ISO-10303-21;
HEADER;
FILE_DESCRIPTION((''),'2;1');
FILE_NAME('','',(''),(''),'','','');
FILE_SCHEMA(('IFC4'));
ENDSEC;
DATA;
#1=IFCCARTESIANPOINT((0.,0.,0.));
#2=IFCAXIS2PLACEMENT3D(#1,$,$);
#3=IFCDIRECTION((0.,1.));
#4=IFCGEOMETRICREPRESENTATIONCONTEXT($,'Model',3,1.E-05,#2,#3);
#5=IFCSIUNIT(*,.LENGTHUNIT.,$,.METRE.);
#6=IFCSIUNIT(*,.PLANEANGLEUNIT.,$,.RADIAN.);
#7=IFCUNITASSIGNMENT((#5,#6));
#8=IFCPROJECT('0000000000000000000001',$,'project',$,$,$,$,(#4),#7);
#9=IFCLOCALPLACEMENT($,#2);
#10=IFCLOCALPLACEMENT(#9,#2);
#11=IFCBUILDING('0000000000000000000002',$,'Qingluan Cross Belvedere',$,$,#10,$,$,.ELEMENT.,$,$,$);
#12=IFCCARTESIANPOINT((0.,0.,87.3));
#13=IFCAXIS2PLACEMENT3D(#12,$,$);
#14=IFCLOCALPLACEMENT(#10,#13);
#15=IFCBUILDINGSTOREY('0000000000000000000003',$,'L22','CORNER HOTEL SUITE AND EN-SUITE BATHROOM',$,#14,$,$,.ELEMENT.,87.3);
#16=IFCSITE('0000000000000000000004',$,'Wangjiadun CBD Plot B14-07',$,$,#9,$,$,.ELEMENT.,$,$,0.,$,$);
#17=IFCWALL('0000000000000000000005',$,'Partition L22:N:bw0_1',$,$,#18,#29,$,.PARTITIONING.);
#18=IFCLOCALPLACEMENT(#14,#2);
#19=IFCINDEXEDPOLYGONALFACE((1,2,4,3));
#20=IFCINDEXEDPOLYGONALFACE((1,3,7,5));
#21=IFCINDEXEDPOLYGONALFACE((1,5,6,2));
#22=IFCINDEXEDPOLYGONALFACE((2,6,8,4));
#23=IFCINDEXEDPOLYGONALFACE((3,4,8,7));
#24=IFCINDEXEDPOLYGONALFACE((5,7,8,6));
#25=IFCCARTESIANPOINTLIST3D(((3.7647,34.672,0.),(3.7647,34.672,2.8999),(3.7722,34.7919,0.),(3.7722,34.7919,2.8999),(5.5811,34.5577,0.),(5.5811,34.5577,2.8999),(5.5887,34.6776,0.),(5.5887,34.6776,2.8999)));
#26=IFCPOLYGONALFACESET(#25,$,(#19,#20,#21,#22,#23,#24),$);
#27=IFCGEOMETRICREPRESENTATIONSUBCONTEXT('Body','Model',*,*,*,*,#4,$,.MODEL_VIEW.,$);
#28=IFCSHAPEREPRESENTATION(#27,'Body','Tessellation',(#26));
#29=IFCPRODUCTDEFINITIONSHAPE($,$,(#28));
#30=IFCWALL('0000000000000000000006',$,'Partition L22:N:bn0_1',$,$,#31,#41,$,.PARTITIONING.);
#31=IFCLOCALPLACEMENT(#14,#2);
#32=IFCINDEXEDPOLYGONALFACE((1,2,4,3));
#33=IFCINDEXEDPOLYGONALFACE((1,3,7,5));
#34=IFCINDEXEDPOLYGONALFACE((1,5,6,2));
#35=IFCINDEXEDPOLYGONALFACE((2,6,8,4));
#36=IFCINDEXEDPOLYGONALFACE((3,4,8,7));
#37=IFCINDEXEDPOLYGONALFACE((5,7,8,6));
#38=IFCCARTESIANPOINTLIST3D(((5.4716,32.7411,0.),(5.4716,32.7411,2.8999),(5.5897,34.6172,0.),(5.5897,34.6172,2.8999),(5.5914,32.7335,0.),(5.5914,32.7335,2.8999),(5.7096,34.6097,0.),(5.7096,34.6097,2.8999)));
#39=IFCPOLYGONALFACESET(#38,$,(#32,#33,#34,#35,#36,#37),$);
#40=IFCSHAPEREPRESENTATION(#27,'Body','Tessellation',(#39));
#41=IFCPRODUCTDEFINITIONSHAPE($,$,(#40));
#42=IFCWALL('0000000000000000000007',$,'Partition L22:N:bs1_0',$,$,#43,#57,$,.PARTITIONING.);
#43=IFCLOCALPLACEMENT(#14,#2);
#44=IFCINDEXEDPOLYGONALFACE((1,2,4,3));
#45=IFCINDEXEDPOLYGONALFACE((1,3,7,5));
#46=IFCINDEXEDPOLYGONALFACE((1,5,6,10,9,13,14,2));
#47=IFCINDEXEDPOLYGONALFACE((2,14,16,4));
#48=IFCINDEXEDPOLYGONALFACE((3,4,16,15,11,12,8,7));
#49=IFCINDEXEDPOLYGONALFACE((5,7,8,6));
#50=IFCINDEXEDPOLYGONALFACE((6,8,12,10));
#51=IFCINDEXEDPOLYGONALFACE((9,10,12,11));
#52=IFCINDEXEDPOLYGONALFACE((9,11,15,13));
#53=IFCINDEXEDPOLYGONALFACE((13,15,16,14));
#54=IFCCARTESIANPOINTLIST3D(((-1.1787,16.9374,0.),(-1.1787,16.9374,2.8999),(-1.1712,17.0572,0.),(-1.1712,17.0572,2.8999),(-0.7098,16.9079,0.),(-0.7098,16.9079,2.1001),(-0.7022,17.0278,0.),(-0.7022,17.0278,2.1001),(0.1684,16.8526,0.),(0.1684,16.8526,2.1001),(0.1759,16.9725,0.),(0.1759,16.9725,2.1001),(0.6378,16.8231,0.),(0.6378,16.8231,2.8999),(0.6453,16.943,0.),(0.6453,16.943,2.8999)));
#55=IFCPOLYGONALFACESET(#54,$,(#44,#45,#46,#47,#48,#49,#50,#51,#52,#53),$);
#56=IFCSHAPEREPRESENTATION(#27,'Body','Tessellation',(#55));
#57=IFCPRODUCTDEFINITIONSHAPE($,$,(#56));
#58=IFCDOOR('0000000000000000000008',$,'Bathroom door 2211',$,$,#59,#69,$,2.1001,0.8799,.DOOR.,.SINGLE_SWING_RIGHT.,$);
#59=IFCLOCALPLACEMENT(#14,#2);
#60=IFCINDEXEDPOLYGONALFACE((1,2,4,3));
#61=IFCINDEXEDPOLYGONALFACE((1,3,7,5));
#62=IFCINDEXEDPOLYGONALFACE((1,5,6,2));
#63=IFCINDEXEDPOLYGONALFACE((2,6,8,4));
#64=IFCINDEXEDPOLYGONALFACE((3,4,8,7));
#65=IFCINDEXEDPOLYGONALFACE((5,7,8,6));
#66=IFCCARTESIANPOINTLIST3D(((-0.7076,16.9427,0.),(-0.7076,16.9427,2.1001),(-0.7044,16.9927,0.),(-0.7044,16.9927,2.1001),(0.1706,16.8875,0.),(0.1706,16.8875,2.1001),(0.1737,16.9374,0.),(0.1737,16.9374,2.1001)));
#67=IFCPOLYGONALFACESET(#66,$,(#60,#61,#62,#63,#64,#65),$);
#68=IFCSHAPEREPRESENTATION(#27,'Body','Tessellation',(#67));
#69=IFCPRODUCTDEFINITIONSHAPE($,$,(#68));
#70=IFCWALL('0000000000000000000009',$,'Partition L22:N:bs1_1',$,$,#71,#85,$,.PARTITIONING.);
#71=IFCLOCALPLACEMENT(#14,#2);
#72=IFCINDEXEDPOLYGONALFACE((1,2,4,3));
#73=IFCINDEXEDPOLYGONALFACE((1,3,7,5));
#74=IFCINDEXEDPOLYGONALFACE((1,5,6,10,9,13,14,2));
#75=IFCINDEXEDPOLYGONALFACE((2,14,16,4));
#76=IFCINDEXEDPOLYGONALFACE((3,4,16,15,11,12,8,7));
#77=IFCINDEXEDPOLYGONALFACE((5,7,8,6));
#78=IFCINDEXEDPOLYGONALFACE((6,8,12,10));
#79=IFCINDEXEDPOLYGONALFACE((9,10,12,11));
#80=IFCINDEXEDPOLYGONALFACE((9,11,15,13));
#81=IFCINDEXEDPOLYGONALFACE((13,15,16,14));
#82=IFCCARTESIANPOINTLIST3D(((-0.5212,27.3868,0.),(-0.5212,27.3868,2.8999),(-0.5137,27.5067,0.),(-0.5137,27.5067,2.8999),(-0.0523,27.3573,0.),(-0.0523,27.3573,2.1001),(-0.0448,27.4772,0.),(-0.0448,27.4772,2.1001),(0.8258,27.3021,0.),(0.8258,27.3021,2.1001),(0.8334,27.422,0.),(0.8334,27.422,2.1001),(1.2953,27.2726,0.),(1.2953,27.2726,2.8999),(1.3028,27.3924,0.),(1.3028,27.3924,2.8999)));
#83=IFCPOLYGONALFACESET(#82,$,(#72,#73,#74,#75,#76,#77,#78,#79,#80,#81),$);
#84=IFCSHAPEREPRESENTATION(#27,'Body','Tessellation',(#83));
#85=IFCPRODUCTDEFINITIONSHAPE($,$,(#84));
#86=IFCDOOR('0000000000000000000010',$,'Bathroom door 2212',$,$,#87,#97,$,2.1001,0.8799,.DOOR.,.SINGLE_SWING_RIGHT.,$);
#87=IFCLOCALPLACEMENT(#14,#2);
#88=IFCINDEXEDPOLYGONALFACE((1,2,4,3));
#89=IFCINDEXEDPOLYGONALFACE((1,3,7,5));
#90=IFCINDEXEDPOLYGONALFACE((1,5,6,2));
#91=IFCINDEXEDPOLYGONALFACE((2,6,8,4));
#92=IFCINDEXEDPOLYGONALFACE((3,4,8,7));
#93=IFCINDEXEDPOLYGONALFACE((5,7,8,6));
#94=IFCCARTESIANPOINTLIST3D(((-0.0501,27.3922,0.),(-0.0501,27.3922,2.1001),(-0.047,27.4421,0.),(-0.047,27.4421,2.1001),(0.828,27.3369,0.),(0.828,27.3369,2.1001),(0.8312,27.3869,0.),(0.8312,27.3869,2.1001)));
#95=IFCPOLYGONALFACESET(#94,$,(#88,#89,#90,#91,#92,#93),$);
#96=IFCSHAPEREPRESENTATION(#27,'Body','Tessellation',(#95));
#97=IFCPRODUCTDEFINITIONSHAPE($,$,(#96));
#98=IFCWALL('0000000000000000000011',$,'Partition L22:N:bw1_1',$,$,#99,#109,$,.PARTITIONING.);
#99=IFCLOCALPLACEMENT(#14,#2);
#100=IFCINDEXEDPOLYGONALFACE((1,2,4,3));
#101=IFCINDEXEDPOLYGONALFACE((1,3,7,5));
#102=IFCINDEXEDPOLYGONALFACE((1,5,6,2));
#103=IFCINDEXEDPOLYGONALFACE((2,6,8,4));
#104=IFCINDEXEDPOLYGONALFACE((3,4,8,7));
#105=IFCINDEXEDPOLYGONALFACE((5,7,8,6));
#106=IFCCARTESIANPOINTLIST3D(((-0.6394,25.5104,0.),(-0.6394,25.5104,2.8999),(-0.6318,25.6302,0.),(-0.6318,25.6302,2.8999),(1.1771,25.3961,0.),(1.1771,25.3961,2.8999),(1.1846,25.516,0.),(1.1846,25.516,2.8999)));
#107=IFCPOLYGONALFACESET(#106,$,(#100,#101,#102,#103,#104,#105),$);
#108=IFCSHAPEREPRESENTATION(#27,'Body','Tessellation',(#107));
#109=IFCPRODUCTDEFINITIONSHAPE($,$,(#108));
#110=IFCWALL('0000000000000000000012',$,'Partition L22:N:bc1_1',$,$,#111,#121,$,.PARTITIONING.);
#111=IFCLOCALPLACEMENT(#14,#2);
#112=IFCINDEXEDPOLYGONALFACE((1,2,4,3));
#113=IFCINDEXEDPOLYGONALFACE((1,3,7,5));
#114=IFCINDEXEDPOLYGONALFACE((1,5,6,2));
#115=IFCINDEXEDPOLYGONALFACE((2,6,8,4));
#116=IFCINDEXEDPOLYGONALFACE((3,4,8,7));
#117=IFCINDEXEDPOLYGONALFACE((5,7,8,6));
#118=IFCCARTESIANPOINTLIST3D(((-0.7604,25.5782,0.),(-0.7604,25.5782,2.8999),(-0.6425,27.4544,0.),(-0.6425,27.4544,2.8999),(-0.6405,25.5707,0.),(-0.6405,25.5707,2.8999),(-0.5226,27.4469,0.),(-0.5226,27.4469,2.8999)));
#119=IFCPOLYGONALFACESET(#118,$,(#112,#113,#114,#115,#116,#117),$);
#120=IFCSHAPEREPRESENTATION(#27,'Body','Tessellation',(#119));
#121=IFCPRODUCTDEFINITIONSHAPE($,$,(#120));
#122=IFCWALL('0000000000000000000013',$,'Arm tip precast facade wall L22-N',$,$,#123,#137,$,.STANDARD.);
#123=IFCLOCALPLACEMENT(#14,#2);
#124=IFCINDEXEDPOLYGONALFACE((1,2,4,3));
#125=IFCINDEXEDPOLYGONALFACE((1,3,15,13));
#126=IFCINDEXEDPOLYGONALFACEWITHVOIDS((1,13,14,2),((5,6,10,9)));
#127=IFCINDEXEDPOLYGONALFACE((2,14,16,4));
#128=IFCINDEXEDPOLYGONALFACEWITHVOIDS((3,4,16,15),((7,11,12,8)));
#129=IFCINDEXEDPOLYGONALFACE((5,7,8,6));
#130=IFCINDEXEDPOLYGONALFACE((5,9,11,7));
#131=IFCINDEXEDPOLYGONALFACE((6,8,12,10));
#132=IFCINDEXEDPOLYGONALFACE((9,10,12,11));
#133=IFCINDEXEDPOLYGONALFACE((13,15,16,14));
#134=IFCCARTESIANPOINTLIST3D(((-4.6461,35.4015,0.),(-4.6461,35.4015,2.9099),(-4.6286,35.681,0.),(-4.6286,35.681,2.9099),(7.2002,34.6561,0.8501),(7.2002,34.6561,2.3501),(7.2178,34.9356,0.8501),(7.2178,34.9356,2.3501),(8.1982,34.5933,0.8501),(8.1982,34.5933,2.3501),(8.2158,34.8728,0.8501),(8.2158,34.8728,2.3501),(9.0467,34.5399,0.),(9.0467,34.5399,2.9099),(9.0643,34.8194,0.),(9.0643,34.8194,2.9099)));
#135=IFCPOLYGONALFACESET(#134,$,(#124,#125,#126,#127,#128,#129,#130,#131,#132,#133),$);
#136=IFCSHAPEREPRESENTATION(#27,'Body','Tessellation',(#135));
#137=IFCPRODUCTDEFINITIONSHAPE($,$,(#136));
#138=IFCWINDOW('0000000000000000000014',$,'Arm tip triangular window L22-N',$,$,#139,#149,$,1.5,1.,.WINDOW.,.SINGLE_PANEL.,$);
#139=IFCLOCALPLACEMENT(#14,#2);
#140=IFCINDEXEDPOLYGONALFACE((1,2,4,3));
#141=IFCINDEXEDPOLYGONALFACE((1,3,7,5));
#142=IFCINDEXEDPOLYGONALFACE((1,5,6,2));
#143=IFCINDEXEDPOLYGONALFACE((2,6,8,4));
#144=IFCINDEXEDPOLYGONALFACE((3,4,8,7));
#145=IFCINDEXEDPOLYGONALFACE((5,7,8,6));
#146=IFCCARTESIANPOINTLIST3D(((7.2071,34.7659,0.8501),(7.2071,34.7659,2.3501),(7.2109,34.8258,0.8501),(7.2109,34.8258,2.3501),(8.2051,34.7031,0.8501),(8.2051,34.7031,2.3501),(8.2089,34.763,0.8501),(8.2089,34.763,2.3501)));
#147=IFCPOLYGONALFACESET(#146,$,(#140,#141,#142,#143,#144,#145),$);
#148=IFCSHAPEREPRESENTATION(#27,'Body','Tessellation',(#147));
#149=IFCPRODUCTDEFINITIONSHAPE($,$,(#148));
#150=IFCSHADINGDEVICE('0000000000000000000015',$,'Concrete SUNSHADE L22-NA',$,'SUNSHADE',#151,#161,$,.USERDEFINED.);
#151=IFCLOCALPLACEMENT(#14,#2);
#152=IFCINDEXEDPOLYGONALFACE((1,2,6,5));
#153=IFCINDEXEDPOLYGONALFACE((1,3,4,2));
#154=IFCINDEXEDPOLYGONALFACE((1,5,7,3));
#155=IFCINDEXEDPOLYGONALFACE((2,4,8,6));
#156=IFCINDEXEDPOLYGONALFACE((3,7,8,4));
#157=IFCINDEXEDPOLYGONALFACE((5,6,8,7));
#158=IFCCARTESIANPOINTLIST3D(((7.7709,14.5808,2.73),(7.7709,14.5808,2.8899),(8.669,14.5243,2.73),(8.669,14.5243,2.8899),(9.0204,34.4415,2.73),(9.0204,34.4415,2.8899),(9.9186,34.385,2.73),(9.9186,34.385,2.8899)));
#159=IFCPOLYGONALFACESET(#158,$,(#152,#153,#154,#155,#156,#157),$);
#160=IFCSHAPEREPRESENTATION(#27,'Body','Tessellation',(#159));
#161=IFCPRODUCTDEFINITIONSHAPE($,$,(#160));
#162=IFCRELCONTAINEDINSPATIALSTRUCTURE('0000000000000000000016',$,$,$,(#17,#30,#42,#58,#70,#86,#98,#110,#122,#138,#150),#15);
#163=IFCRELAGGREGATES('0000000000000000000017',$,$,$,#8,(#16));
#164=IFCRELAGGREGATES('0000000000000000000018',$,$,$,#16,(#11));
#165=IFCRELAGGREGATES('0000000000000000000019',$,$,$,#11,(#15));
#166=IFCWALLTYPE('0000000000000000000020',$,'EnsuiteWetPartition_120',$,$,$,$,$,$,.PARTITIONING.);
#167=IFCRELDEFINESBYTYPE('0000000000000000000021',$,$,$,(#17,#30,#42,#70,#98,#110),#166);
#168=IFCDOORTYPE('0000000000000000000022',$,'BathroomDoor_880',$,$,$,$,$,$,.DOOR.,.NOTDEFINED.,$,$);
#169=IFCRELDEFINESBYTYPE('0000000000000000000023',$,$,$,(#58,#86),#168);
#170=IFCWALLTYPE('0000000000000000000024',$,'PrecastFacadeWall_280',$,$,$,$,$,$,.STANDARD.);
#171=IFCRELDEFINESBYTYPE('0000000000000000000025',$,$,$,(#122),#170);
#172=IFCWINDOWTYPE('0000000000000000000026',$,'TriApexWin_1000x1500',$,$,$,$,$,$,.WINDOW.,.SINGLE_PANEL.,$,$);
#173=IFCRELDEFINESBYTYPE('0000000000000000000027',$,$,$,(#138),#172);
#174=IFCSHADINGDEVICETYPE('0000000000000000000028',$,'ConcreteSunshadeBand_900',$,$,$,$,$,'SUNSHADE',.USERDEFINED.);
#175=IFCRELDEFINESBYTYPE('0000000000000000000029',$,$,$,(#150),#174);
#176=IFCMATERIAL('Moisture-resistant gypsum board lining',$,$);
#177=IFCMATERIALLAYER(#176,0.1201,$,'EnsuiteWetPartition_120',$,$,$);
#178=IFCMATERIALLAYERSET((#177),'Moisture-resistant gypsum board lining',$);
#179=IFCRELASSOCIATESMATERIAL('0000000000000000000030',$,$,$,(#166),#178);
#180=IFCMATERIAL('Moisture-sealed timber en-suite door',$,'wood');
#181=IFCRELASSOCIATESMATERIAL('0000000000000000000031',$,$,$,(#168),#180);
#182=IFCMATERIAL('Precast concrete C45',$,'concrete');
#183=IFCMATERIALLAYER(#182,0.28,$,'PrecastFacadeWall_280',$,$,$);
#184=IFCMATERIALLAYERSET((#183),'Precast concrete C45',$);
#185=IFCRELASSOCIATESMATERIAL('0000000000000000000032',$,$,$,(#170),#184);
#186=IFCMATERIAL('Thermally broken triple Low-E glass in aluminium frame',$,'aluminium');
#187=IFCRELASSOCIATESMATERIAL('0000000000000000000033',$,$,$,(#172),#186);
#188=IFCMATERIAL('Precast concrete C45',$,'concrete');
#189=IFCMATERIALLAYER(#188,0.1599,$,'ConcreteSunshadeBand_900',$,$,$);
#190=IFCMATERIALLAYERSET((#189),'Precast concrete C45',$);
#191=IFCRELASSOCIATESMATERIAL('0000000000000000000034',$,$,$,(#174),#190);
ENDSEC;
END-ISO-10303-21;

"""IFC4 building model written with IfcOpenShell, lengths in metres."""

from ifc_helpers import new_model, si_unit, direction, frame, frame_2d, origin, origin_2d, place, context, subcontext, project, spatial, rectangle, extrude, material, layer, layer_set, type_object, element, fill, save


model = new_model("IFC4")

# Units and contexts
model_context = context("Model", 3, precision=1e-05, world=origin(), true_north=direction((0.0, 1.0)))
body_context = subcontext(model_context, "Body", "Model", "MODEL_VIEW")
ifc_project = project(units=[si_unit("LENGTHUNIT", "METRE"), si_unit("PLANEANGLEUNIT", "RADIAN")], contexts=[model_context])

# Site, building, storey
site_placement = place(None, origin())
site = spatial("IfcSite", under=ifc_project, at=site_placement, Name="Wangjiadun CBD Plot B14-07", CompositionType="ELEMENT", RefElevation=0.0)
building_placement = place(site_placement, origin())
building = spatial("IfcBuilding", under=site, at=building_placement, Name="Qingluan Cross Belvedere", CompositionType="ELEMENT")
storey_placement = place(building_placement, frame((0.0, 0.0, 87.3)))
storey = spatial("IfcBuildingStorey", under=building, at=storey_placement, Name="L22", Description="CORNER HOTEL SUITE AND EN-SUITE BATHROOM", CompositionType="ELEMENT", Elevation=87.3)

# Shared definitions
ifc_material_1 = material(Name="Moisture-resistant gypsum board lining")
ifc_layer_1 = layer(ifc_material_1, 0.1201, Name="EnsuiteWetPartition_120")
ifc_layer_set_1 = layer_set([ifc_layer_1], Name="Moisture-resistant gypsum board lining")
wall_type_1 = type_object("IfcWallType", Name="EnsuiteWetPartition_120", PredefinedType="PARTITIONING", material=ifc_layer_set_1)
ifc_material_2 = material(Name="Moisture-sealed timber en-suite door", Category="wood")
door_type_1 = type_object("IfcDoorType", Name="BathroomDoor_880", OperationType="NOTDEFINED", PredefinedType="DOOR", material=ifc_material_2)

# Walls
wall_1_placement = place(storey_placement, frame((3.7683, 34.7319, 0.0), z_axis=(0.0, 0.0, 1.0), x_axis=(0.998027, -0.062779, 0.0)))
element("IfcWall", 1, at=wall_1_placement, inside=storey, type_object=wall_type_1, Name="Partition L22:N:bw0_1", PredefinedType="PARTITIONING", context=body_context, shape_type="SweptSolid", body=[
    extrude(rectangle(XDim=1.8201, YDim=0.1201, at=frame_2d((0.9102, 0.0))), origin(), (0.0, 0.0, 1.0), 2.8999),
])
wall_2_placement = place(storey_placement, frame((5.5315, 32.7373, 0.0), z_axis=(0.0, 0.0, 1.0), x_axis=(0.062855, 0.998023, 0.0)))
element("IfcWall", 2, at=wall_2_placement, inside=storey, type_object=wall_type_1, Name="Partition L22:N:bn0_1", PredefinedType="PARTITIONING", context=body_context, shape_type="SweptSolid", body=[
    extrude(rectangle(XDim=1.8799, YDim=0.1201, at=frame_2d((0.9399, 0.0))), origin(), (0.0, 0.0, 1.0), 2.8999),
])

# Walls, openings, doors
wall_3_placement = place(storey_placement, frame((-1.175, 16.9973, 0.0), z_axis=(0.0, 0.0, 1.0), x_axis=(0.998027, -0.062779, 0.0)))
wall_3 = element("IfcWall", 3, at=wall_3_placement, inside=storey, type_object=wall_type_1, Name="Partition L22:N:bs1_0", PredefinedType="PARTITIONING", context=body_context, shape_type="SweptSolid", body=[
    extrude(rectangle(XDim=1.8201, YDim=0.1201, at=frame_2d((0.9102, 0.0))), origin(), (0.0, 0.0, 1.0), 2.8999),
])
opening_1_placement = place(wall_3_placement, frame((0.47, 0.0, 0.0)))
opening_1 = element("IfcOpeningElement", 4, at=opening_1_placement, cuts=wall_3, PredefinedType="OPENING", context=body_context, shape_type="SweptSolid", body=[
    extrude(rectangle(XDim=0.8799, YDim=2.1001, at=frame_2d((0.4399, 1.05))), frame((0.0, 0.0701, 0.0), z_axis=(0.0, -1.0, 0.0), x_axis=(1.0, 0.0, 0.0)), (0.0, 0.0, 1.0), 0.1401),
])
door_1_placement = place(opening_1_placement, origin())
door_1 = element("IfcDoor", 5, at=door_1_placement, inside=storey, type_object=door_type_1, Name="Bathroom door 2211", OperationType="SINGLE_SWING_RIGHT", OverallHeight=2.1001, OverallWidth=0.8799, PredefinedType="DOOR", context=body_context, shape_type="SweptSolid", body=[
    extrude(rectangle(XDim=0.8799, YDim=2.1001, at=frame_2d((0.4399, 1.05))), frame((0.0, 0.0249, 0.0), z_axis=(0.0, -1.0, 0.0), x_axis=(1.0, 0.0, 0.0)), (0.0, 0.0, 1.0), 0.05),
])
fill(opening_1, door_1)
wall_4_placement = place(storey_placement, frame((-0.5176, 27.4468, 0.0), z_axis=(0.0, 0.0, 1.0), x_axis=(0.998027, -0.062779, 0.0)))
wall_4 = element("IfcWall", 6, at=wall_4_placement, inside=storey, type_object=wall_type_1, Name="Partition L22:N:bs1_1", PredefinedType="PARTITIONING", context=body_context, shape_type="SweptSolid", body=[
    extrude(rectangle(XDim=1.8201, YDim=0.1201, at=frame_2d((0.9102, 0.0))), origin(), (0.0, 0.0, 1.0), 2.8999),
])
opening_2_placement = place(wall_4_placement, frame((0.47, 0.0, 0.0)))
opening_2 = element("IfcOpeningElement", 7, at=opening_2_placement, cuts=wall_4, PredefinedType="OPENING", context=body_context, shape_type="SweptSolid", body=[
    extrude(rectangle(XDim=0.8799, YDim=2.1001, at=frame_2d((0.4399, 1.05))), frame((0.0, 0.0701, 0.0), z_axis=(0.0, -1.0, 0.0), x_axis=(1.0, 0.0, 0.0)), (0.0, 0.0, 1.0), 0.1401),
])
door_2_placement = place(opening_2_placement, origin())
door_2 = element("IfcDoor", 8, at=door_2_placement, inside=storey, type_object=door_type_1, Name="Bathroom door 2212", OperationType="SINGLE_SWING_RIGHT", OverallHeight=2.1001, OverallWidth=0.8799, PredefinedType="DOOR", context=body_context, shape_type="SweptSolid", body=[
    extrude(rectangle(XDim=0.8799, YDim=2.1001, at=frame_2d((0.4399, 1.05))), frame((0.0, 0.0249, 0.0), z_axis=(0.0, -1.0, 0.0), x_axis=(1.0, 0.0, 0.0)), (0.0, 0.0, 1.0), 0.05),
])
fill(opening_2, door_2)

# Walls
wall_5_placement = place(storey_placement, frame((-0.6357, 25.5703, 0.0), z_axis=(0.0, 0.0, 1.0), x_axis=(0.998027, -0.062779, 0.0)))
element("IfcWall", 9, at=wall_5_placement, inside=storey, type_object=wall_type_1, Name="Partition L22:N:bw1_1", PredefinedType="PARTITIONING", context=body_context, shape_type="SweptSolid", body=[
    extrude(rectangle(XDim=1.8201, YDim=0.1201, at=frame_2d((0.9102, 0.0))), origin(), (0.0, 0.0, 1.0), 2.8999),
])
wall_6_placement = place(storey_placement, frame((-0.7004, 25.5745, 0.0), z_axis=(0.0, 0.0, 1.0), x_axis=(0.062726, 0.998031, 0.0)))
element("IfcWall", 10, at=wall_6_placement, inside=storey, type_object=wall_type_1, Name="Partition L22:N:bc1_1", PredefinedType="PARTITIONING", context=body_context, shape_type="SweptSolid", body=[
    extrude(rectangle(XDim=1.8799, YDim=0.1201, at=frame_2d((0.9399, 0.0))), origin(), (0.0, 0.0, 1.0), 2.8999),
])

# Wall, opening, window
ifc_material_3 = material(Name="Precast concrete C45", Category="concrete")
ifc_layer_2 = layer(ifc_material_3, 0.28, Name="PrecastFacadeWall_280")
ifc_layer_set_2 = layer_set([ifc_layer_2], Name="Precast concrete C45")
wall_type_2 = type_object("IfcWallType", Name="PrecastFacadeWall_280", PredefinedType="STANDARD", material=ifc_layer_set_2)
wall_7_placement = place(storey_placement, frame((9.0554, 34.6797, 0.0), z_axis=(0.0, 0.0, 1.0), x_axis=(-0.998026, 0.062797, 0.0)))
wall_7 = element("IfcWall", 11, at=wall_7_placement, inside=storey, type_object=wall_type_2, Name="Arm tip precast facade wall L22-N", PredefinedType="STANDARD", context=body_context, shape_type="SweptSolid", body=[
    extrude(rectangle(XDim=13.72, YDim=0.28, at=frame_2d((6.8599, 0.0))), origin(), (0.0, 0.0, 1.0), 2.9099),
])
opening_3_placement = place(wall_7_placement, frame((0.8501, 0.0, 0.8501)))
opening_3 = element("IfcOpeningElement", 12, at=opening_3_placement, cuts=wall_7, PredefinedType="OPENING", context=body_context, shape_type="SweptSolid", body=[
    extrude(rectangle(XDim=1.0, YDim=1.5, at=frame_2d((0.5, 0.75))), frame((0.0, 0.1499, 0.0), z_axis=(0.0, -1.0, 0.0), x_axis=(1.0, 0.0, 0.0)), (0.0, 0.0, 1.0), 0.3),
])
ifc_material_4 = material(Name="Thermally broken triple Low-E glass in aluminium frame", Category="aluminium")
window_type = type_object("IfcWindowType", Name="TriApexWin_1000x1500", PartitioningType="SINGLE_PANEL", PredefinedType="WINDOW", material=ifc_material_4)
window_placement = place(opening_3_placement, origin())
window = element("IfcWindow", 13, at=window_placement, inside=storey, type_object=window_type, Name="Arm tip triangular window L22-N", OverallHeight=1.5, OverallWidth=1.0, PartitioningType="SINGLE_PANEL", PredefinedType="WINDOW", context=body_context, shape_type="SweptSolid", body=[
    extrude(rectangle(XDim=1.0, YDim=1.5, at=frame_2d((0.5, 0.75))), frame((0.0, 0.03, 0.0), z_axis=(0.0, -1.0, 0.0), x_axis=(1.0, 0.0, 0.0)), (0.0, 0.0, 1.0), 0.0601),
])
fill(opening_3, window)

# Shading device
ifc_material_5 = material(Name="Precast concrete C45", Category="concrete")
ifc_layer_3 = layer(ifc_material_5, 0.1599, Name="ConcreteSunshadeBand_900")
ifc_layer_set_3 = layer_set([ifc_layer_3], Name="Precast concrete C45")
shading_device_type = type_object("IfcShadingDeviceType", Name="ConcreteSunshadeBand_900", ElementType="SUNSHADE", PredefinedType="USERDEFINED", material=ifc_layer_set_3)
shading_device_placement = place(storey_placement, frame((8.8447, 24.4829, 2.73), z_axis=(0.0, 0.0, 1.0), x_axis=(0.062791, 0.998027, 0.0)))
element("IfcShadingDevice", 14, at=shading_device_placement, inside=storey, type_object=shading_device_type, Name="Concrete SUNSHADE L22-NA", ObjectType="SUNSHADE", PredefinedType="USERDEFINED", context=body_context, shape_type="SweptSolid", body=[
    extrude(rectangle(XDim=19.8999, YDim=0.8999, at=origin_2d()), origin(), (0.0, 0.0, 1.0), 0.1599),
])

save(model, "model.ifc")
